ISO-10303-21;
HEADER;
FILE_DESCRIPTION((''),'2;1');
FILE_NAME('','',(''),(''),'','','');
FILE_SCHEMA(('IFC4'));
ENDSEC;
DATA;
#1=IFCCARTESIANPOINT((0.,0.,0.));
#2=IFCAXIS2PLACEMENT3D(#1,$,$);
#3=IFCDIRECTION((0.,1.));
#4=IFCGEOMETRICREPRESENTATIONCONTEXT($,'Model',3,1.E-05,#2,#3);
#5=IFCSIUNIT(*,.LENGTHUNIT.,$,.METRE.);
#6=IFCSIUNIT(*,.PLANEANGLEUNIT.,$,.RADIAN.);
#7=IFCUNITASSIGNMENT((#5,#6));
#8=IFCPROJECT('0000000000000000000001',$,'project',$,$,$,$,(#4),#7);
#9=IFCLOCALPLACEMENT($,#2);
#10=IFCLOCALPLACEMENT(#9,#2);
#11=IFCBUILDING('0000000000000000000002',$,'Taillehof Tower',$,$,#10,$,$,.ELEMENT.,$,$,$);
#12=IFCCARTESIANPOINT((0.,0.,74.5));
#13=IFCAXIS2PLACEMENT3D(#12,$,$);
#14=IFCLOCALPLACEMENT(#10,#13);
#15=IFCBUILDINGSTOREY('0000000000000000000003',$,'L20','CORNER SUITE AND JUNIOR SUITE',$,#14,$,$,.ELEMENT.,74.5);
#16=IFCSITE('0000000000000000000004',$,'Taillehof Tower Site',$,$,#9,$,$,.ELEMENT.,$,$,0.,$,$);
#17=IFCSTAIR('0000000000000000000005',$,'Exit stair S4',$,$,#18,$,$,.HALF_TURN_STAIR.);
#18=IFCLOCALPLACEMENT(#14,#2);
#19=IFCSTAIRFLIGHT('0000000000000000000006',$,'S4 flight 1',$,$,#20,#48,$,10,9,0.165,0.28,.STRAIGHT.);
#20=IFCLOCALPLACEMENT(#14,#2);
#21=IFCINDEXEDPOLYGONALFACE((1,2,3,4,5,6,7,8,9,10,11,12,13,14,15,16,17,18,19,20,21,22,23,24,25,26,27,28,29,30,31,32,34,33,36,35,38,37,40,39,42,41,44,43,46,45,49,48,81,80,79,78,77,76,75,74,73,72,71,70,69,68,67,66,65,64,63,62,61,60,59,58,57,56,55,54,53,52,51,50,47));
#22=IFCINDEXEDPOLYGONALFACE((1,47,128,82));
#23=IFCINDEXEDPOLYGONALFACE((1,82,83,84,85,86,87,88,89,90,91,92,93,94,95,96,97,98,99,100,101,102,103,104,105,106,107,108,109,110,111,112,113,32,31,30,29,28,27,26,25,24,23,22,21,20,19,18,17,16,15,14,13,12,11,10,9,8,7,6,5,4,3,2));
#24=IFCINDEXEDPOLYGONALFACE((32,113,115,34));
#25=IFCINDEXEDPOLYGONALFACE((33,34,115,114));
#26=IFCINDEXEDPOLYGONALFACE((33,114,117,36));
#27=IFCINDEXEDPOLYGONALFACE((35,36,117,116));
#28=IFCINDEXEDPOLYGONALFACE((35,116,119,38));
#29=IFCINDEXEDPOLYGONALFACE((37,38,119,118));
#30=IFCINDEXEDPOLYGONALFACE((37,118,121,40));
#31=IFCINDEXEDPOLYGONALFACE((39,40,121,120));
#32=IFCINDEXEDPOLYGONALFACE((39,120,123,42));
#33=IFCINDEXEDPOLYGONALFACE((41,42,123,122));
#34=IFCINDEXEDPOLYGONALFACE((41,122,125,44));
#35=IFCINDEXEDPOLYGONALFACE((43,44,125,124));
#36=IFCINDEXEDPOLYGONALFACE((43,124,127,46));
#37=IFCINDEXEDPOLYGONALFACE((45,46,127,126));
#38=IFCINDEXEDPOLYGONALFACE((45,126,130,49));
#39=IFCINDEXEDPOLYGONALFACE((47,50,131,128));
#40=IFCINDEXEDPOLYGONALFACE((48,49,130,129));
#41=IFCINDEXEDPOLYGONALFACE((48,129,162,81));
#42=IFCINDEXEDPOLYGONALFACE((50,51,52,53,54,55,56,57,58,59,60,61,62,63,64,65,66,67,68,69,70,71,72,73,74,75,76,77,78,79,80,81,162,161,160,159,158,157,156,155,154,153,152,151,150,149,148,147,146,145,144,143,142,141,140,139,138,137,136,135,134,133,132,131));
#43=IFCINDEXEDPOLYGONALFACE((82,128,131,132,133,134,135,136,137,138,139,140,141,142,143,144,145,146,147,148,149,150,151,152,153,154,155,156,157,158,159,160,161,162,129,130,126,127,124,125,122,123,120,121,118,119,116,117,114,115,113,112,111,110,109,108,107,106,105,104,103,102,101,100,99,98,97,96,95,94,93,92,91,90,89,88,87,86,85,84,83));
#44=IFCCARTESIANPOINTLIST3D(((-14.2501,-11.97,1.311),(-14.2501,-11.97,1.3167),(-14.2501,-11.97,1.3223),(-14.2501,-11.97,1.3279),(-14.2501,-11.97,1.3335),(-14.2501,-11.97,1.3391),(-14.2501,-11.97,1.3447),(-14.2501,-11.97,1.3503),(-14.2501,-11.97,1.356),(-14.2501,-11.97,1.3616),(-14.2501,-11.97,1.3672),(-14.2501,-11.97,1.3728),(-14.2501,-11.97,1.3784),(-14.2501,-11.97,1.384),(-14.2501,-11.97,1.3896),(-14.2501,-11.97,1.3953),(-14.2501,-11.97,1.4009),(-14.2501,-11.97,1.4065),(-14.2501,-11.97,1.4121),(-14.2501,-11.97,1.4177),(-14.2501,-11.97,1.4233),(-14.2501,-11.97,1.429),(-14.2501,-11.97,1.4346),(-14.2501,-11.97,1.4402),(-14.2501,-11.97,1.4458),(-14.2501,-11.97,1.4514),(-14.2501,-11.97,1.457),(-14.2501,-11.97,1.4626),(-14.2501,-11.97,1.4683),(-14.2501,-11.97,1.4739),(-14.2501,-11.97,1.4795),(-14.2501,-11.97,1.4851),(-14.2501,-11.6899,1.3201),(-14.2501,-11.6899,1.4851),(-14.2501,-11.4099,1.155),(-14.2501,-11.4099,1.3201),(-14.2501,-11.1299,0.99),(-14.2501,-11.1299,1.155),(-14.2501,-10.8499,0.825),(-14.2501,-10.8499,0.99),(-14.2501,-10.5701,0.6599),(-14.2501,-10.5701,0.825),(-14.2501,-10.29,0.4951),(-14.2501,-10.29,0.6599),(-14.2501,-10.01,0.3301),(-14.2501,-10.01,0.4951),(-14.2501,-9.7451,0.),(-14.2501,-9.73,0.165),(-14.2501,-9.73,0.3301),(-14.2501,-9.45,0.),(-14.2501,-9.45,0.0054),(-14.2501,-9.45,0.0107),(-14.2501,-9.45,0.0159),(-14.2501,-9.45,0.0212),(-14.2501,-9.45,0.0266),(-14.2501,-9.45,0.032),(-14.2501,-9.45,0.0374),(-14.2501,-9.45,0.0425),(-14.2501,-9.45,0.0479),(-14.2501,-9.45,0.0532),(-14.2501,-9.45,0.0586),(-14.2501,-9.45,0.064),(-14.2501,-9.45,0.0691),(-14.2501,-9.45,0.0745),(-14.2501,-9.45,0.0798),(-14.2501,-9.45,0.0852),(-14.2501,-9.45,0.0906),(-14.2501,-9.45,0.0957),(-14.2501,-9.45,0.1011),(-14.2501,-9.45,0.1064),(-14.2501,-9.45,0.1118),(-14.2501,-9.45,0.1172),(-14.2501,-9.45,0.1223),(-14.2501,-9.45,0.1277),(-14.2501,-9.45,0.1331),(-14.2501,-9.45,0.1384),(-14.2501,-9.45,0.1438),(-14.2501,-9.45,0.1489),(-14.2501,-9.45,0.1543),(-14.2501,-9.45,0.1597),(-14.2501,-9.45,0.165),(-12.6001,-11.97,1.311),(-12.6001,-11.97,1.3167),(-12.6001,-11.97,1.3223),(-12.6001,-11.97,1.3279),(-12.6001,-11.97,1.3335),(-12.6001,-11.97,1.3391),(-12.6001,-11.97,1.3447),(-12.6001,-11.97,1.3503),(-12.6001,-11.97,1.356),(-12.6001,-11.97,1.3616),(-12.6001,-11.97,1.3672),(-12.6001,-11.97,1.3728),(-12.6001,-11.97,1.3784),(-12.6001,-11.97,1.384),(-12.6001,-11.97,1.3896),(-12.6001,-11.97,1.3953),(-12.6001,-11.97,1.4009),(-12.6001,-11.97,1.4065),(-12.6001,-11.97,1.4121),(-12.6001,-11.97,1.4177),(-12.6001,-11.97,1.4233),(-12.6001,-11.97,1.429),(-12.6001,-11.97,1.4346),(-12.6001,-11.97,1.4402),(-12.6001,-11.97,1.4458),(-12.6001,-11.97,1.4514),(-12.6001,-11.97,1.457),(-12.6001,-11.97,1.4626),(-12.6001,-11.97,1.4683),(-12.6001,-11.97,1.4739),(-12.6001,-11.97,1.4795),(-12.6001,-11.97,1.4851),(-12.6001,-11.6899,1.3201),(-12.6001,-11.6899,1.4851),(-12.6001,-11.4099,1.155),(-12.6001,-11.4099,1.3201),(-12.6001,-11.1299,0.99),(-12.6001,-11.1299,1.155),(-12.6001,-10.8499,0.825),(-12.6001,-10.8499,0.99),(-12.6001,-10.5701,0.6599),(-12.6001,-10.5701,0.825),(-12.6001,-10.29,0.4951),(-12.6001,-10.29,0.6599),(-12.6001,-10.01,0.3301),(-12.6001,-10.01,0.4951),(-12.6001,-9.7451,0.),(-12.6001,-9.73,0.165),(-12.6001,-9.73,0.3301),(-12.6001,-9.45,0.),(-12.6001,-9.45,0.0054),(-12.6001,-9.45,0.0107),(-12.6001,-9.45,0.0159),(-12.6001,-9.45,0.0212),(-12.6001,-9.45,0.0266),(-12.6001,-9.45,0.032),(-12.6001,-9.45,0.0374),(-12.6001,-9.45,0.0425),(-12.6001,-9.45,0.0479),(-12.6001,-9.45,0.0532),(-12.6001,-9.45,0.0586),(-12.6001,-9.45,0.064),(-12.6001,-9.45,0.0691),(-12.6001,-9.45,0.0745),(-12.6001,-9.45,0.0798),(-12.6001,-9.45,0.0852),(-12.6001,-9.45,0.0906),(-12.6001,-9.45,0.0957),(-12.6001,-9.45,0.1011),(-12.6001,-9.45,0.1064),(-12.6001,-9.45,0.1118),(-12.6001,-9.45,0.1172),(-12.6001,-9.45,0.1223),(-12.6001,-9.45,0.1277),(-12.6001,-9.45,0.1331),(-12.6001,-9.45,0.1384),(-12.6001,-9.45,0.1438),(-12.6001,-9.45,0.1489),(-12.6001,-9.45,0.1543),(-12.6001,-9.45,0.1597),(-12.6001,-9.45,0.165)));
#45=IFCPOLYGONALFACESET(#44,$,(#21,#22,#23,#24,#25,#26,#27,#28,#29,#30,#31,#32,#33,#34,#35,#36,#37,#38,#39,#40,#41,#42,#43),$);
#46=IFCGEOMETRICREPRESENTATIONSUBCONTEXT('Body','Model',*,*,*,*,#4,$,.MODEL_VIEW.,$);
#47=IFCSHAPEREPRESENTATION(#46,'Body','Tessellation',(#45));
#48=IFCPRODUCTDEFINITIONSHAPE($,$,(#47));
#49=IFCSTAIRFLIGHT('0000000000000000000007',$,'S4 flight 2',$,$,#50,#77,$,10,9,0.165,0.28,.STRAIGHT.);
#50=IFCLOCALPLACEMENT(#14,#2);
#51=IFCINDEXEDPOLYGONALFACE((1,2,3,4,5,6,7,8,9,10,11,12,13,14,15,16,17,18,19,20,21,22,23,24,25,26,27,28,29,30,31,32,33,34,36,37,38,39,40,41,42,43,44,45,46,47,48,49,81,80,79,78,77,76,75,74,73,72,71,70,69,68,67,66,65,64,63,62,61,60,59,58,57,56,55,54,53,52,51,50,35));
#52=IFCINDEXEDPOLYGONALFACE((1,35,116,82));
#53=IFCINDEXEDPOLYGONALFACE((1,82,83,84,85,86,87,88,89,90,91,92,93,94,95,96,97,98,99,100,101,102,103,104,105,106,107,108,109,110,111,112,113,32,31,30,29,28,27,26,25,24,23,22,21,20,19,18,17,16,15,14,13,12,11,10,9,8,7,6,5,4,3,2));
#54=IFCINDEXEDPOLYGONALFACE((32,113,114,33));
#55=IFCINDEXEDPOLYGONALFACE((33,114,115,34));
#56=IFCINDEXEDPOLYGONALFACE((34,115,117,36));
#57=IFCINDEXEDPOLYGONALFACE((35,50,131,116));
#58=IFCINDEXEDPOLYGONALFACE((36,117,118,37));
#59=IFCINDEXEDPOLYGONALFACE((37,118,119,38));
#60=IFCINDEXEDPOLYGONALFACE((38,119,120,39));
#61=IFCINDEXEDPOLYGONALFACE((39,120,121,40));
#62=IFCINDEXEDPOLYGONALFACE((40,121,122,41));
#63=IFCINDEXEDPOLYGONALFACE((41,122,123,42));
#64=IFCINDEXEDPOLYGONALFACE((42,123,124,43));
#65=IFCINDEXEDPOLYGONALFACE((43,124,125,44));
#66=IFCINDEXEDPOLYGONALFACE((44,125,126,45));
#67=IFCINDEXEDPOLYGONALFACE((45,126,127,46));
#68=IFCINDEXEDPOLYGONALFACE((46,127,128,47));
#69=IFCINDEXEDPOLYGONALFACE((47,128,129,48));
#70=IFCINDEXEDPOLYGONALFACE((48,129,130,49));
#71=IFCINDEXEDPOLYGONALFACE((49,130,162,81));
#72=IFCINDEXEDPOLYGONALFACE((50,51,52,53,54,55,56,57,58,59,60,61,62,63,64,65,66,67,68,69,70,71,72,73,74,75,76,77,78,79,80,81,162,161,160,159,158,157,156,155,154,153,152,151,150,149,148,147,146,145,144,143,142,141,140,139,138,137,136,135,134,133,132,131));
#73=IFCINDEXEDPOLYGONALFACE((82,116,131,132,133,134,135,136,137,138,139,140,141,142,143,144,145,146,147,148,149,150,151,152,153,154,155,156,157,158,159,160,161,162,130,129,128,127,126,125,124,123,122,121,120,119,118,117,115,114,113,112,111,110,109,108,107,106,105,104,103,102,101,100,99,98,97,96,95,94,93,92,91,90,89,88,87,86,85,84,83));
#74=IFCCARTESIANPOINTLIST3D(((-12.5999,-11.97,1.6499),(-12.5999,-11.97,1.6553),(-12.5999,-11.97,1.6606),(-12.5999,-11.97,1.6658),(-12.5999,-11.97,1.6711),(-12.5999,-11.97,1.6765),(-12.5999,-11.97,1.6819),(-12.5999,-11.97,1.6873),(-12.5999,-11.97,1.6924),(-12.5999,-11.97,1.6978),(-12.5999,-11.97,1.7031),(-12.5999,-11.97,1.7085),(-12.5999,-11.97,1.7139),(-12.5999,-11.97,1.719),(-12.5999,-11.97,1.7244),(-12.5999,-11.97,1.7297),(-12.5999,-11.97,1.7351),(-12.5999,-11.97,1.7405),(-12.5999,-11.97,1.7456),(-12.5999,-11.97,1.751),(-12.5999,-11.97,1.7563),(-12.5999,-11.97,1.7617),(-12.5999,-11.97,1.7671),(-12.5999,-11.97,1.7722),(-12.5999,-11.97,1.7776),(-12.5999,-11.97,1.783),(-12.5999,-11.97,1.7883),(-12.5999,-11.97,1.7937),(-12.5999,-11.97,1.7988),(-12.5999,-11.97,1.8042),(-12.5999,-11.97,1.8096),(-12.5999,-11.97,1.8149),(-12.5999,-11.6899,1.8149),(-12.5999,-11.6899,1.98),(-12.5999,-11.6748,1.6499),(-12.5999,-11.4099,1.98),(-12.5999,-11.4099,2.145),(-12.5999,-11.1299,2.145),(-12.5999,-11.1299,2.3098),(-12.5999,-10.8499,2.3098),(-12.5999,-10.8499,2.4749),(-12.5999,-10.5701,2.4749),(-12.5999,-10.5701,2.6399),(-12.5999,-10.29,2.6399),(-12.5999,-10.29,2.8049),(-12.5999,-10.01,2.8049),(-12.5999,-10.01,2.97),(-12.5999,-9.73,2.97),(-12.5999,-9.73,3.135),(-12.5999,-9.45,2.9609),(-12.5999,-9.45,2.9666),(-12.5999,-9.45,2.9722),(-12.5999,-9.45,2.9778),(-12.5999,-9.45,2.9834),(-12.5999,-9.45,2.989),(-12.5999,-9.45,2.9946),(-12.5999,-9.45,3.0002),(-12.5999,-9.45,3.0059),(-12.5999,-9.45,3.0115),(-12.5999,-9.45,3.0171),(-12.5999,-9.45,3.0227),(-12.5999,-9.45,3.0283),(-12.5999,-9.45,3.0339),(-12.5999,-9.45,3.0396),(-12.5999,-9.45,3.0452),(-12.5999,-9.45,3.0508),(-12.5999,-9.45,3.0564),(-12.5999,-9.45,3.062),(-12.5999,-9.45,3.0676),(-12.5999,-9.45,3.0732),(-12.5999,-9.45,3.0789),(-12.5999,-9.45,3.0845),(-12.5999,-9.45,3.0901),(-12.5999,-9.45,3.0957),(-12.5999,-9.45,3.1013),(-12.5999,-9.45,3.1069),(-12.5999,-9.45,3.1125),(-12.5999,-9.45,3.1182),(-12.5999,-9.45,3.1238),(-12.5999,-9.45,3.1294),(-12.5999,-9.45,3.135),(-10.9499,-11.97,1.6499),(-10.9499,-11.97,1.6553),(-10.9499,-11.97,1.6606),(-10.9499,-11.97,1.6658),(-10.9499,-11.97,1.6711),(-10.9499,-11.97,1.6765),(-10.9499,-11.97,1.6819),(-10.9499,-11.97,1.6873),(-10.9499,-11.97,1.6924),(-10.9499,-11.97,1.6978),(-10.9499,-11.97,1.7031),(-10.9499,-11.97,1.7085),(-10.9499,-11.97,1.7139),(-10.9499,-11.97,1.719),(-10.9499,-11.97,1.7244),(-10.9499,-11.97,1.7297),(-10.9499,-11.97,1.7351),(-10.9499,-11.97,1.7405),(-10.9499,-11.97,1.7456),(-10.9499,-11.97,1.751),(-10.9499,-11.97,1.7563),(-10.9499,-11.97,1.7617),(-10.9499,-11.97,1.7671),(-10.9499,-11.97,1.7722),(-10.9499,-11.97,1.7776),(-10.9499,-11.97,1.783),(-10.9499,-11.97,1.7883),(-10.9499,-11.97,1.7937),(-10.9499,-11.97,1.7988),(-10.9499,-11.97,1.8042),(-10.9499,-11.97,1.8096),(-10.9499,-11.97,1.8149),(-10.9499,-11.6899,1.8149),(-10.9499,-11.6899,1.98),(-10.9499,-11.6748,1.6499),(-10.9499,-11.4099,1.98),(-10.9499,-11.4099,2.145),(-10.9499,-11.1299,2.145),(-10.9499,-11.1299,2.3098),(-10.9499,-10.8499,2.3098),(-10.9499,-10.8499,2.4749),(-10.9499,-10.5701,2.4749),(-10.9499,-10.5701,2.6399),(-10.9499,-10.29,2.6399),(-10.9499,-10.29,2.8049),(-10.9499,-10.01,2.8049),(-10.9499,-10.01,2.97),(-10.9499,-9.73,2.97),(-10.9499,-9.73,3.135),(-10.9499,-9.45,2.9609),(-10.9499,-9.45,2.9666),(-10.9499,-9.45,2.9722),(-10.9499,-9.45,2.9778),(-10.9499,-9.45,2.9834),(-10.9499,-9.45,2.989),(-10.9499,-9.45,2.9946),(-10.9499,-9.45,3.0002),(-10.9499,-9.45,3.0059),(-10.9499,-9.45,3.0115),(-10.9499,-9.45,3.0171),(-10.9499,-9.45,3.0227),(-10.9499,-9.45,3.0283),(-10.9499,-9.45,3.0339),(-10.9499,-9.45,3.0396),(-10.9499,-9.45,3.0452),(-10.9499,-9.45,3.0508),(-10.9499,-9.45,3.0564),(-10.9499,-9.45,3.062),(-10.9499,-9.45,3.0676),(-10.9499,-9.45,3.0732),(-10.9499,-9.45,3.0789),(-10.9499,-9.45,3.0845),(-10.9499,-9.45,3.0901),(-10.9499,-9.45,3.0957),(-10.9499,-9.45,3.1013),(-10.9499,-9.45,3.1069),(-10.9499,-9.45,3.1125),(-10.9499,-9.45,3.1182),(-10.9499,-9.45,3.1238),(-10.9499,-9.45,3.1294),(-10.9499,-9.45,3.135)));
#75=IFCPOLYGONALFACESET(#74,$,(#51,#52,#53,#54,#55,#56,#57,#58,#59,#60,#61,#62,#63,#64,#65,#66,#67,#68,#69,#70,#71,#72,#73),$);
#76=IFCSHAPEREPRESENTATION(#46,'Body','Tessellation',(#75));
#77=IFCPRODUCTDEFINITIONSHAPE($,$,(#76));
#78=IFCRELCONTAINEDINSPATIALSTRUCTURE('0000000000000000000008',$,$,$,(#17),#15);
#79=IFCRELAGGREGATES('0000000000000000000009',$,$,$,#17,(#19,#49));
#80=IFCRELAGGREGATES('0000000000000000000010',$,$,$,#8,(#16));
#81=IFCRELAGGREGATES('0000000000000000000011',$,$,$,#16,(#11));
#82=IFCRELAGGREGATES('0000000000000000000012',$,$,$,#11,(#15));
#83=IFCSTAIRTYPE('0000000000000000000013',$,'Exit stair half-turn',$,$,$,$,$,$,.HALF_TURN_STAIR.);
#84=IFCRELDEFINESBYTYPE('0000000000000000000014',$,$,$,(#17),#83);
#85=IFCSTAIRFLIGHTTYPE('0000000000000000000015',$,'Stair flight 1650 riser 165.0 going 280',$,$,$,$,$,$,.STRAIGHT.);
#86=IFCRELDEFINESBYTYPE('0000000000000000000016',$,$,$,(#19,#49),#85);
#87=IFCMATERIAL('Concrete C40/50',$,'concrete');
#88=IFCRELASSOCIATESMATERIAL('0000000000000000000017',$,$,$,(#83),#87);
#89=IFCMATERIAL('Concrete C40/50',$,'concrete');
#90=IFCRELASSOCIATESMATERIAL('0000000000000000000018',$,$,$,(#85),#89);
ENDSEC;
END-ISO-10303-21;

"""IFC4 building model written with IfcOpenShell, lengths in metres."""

from ifc_helpers import new_model, si_unit, direction, frame, origin, place, context, subcontext, project, spatial, polyline, outline, extrude, material, type_object, element, aggregate, save


model = new_model("IFC4")

# Units and contexts
model_context = context("Model", 3, precision=1e-05, world=origin(), true_north=direction((0.0, 1.0)))
body_context = subcontext(model_context, "Body", "Model", "MODEL_VIEW")
ifc_project = project(units=[si_unit("LENGTHUNIT", "METRE"), si_unit("PLANEANGLEUNIT", "RADIAN")], contexts=[model_context])

# Site, building, storey
site_placement = place(None, origin())
site = spatial("IfcSite", under=ifc_project, at=site_placement, Name="Taillehof Tower Site", CompositionType="ELEMENT", RefElevation=0.0)
building_placement = place(site_placement, origin())
building = spatial("IfcBuilding", under=site, at=building_placement, Name="Taillehof Tower", CompositionType="ELEMENT")
storey_placement = place(building_placement, frame((0.0, 0.0, 74.5)))
storey = spatial("IfcBuildingStorey", under=building, at=storey_placement, Name="L20", Description="CORNER SUITE AND JUNIOR SUITE", CompositionType="ELEMENT", Elevation=74.5)

# Stair, stair flights
ifc_material_1 = material(Name="Concrete C40/50", Category="concrete")
stair_type = type_object("IfcStairType", Name="Exit stair half-turn", PredefinedType="HALF_TURN_STAIR", material=ifc_material_1)
stair_placement = place(storey_placement, origin())
stair = element("IfcStair", 1, at=stair_placement, inside=storey, type_object=stair_type, Name="Exit stair S4", PredefinedType="HALF_TURN_STAIR")
ifc_material_2 = material(Name="Concrete C40/50", Category="concrete")
stair_flight_type = type_object("IfcStairFlightType", Name="Stair flight 1650 riser 165.0 going 280", PredefinedType="STRAIGHT", material=ifc_material_2)
stair_flight_1_placement = place(storey_placement, frame((-13.425, -9.45, 0.0), z_axis=(0.0, 0.0, 1.0), x_axis=(0.0, -1.0, 0.0)))
stair_flight_1 = element("IfcStairFlight", 2, at=stair_flight_1_placement, type_object=stair_flight_type, Name="S4 flight 1", NumberOfRisers=10, NumberOfTreads=9, PredefinedType="STRAIGHT", RiserHeight=0.165, TreadLength=0.28, context=body_context, shape_type="SweptSolid", body=[
    extrude(outline(polyline([(0.0, 0.0), (0.0, 0.0054), (0.0, 0.0107), (0.0, 0.0159), (0.0, 0.0212), (0.0, 0.0266), (0.0, 0.032), (0.0, 0.0374), (0.0, 0.0425), (0.0, 0.0479), (0.0, 0.0532), (0.0, 0.0586), (0.0, 0.064), (0.0, 0.0691), (0.0, 0.0745), (0.0, 0.0798), (0.0, 0.0852), (0.0, 0.0906), (0.0, 0.0957), (0.0, 0.1011), (0.0, 0.1064), (0.0, 0.1118), (0.0, 0.1172), (0.0, 0.1223), (0.0, 0.1277), (0.0, 0.1331), (0.0, 0.1384), (0.0, 0.1438), (0.0, 0.1489), (0.0, 0.1543), (0.0, 0.1597), (0.0, 0.165), (0.28, 0.165), (0.28, 0.3301), (0.5601, 0.3301), (0.5601, 0.4951), (0.8401, 0.4951), (0.8401, 0.6599), (1.1201, 0.6599), (1.1201, 0.825), (1.3999, 0.825), (1.3999, 0.99), (1.6799, 0.99), (1.6799, 1.155), (1.96, 1.155), (1.96, 1.3201), (2.24, 1.3201), (2.24, 1.4851), (2.52, 1.4851), (2.52, 1.4795), (2.52, 1.4739), (2.52, 1.4683), (2.52, 1.4626), (2.52, 1.457), (2.52, 1.4514), (2.52, 1.4458), (2.52, 1.4402), (2.52, 1.4346), (2.52, 1.429), (2.52, 1.4233), (2.52, 1.4177), (2.52, 1.4121), (2.52, 1.4065), (2.52, 1.4009), (2.52, 1.3953), (2.52, 1.3896), (2.52, 1.384), (2.52, 1.3784), (2.52, 1.3728), (2.52, 1.3672), (2.52, 1.3616), (2.52, 1.356), (2.52, 1.3503), (2.52, 1.3447), (2.52, 1.3391), (2.52, 1.3335), (2.52, 1.3279), (2.52, 1.3223), (2.52, 1.3167), (2.52, 1.311), (0.2952, 0.0), (0.0, 0.0)])), frame((0.0, 0.825, 0.0), z_axis=(0.0, -1.0, 0.0), x_axis=(1.0, 0.0, 0.0)), (0.0, 0.0, 1.0), 1.65),
])
stair_flight_2_placement = place(storey_placement, frame((-11.7749, -11.97, 1.6499), z_axis=(0.0, 0.0, 1.0), x_axis=(0.0, 1.0, 0.0)))
stair_flight_2 = element("IfcStairFlight", 3, at=stair_flight_2_placement, type_object=stair_flight_type, Name="S4 flight 2", NumberOfRisers=10, NumberOfTreads=9, PredefinedType="STRAIGHT", RiserHeight=0.165, TreadLength=0.28, context=body_context, shape_type="SweptSolid", body=[
    extrude(outline(polyline([(0.0, 0.0), (0.0, 0.0054), (0.0, 0.0107), (0.0, 0.0159), (0.0, 0.0212), (0.0, 0.0266), (0.0, 0.032), (0.0, 0.0374), (0.0, 0.0425), (0.0, 0.0479), (0.0, 0.0532), (0.0, 0.0586), (0.0, 0.064), (0.0, 0.0691), (0.0, 0.0745), (0.0, 0.0798), (0.0, 0.0852), (0.0, 0.0906), (0.0, 0.0957), (0.0, 0.1011), (0.0, 0.1064), (0.0, 0.1118), (0.0, 0.1172), (0.0, 0.1223), (0.0, 0.1277), (0.0, 0.1331), (0.0, 0.1384), (0.0, 0.1438), (0.0, 0.1489), (0.0, 0.1543), (0.0, 0.1597), (0.0, 0.165), (0.28, 0.165), (0.28, 0.3301), (0.5601, 0.3301), (0.5601, 0.4951), (0.8401, 0.4951), (0.8401, 0.6599), (1.1201, 0.6599), (1.1201, 0.825), (1.3999, 0.825), (1.3999, 0.99), (1.6799, 0.99), (1.6799, 1.155), (1.96, 1.155), (1.96, 1.3201), (2.24, 1.3201), (2.24, 1.4851), (2.52, 1.4851), (2.52, 1.4795), (2.52, 1.4739), (2.52, 1.4683), (2.52, 1.4626), (2.52, 1.457), (2.52, 1.4514), (2.52, 1.4458), (2.52, 1.4402), (2.52, 1.4346), (2.52, 1.429), (2.52, 1.4233), (2.52, 1.4177), (2.52, 1.4121), (2.52, 1.4065), (2.52, 1.4009), (2.52, 1.3953), (2.52, 1.3896), (2.52, 1.384), (2.52, 1.3784), (2.52, 1.3728), (2.52, 1.3672), (2.52, 1.3616), (2.52, 1.356), (2.52, 1.3503), (2.52, 1.3447), (2.52, 1.3391), (2.52, 1.3335), (2.52, 1.3279), (2.52, 1.3223), (2.52, 1.3167), (2.52, 1.311), (0.2952, 0.0), (0.0, 0.0)])), frame((0.0, 0.825, 0.0), z_axis=(0.0, -1.0, 0.0), x_axis=(1.0, 0.0, 0.0)), (0.0, 0.0, 1.0), 1.65),
])
aggregate(stair, [stair_flight_1, stair_flight_2])

save(model, "model.ifc")
